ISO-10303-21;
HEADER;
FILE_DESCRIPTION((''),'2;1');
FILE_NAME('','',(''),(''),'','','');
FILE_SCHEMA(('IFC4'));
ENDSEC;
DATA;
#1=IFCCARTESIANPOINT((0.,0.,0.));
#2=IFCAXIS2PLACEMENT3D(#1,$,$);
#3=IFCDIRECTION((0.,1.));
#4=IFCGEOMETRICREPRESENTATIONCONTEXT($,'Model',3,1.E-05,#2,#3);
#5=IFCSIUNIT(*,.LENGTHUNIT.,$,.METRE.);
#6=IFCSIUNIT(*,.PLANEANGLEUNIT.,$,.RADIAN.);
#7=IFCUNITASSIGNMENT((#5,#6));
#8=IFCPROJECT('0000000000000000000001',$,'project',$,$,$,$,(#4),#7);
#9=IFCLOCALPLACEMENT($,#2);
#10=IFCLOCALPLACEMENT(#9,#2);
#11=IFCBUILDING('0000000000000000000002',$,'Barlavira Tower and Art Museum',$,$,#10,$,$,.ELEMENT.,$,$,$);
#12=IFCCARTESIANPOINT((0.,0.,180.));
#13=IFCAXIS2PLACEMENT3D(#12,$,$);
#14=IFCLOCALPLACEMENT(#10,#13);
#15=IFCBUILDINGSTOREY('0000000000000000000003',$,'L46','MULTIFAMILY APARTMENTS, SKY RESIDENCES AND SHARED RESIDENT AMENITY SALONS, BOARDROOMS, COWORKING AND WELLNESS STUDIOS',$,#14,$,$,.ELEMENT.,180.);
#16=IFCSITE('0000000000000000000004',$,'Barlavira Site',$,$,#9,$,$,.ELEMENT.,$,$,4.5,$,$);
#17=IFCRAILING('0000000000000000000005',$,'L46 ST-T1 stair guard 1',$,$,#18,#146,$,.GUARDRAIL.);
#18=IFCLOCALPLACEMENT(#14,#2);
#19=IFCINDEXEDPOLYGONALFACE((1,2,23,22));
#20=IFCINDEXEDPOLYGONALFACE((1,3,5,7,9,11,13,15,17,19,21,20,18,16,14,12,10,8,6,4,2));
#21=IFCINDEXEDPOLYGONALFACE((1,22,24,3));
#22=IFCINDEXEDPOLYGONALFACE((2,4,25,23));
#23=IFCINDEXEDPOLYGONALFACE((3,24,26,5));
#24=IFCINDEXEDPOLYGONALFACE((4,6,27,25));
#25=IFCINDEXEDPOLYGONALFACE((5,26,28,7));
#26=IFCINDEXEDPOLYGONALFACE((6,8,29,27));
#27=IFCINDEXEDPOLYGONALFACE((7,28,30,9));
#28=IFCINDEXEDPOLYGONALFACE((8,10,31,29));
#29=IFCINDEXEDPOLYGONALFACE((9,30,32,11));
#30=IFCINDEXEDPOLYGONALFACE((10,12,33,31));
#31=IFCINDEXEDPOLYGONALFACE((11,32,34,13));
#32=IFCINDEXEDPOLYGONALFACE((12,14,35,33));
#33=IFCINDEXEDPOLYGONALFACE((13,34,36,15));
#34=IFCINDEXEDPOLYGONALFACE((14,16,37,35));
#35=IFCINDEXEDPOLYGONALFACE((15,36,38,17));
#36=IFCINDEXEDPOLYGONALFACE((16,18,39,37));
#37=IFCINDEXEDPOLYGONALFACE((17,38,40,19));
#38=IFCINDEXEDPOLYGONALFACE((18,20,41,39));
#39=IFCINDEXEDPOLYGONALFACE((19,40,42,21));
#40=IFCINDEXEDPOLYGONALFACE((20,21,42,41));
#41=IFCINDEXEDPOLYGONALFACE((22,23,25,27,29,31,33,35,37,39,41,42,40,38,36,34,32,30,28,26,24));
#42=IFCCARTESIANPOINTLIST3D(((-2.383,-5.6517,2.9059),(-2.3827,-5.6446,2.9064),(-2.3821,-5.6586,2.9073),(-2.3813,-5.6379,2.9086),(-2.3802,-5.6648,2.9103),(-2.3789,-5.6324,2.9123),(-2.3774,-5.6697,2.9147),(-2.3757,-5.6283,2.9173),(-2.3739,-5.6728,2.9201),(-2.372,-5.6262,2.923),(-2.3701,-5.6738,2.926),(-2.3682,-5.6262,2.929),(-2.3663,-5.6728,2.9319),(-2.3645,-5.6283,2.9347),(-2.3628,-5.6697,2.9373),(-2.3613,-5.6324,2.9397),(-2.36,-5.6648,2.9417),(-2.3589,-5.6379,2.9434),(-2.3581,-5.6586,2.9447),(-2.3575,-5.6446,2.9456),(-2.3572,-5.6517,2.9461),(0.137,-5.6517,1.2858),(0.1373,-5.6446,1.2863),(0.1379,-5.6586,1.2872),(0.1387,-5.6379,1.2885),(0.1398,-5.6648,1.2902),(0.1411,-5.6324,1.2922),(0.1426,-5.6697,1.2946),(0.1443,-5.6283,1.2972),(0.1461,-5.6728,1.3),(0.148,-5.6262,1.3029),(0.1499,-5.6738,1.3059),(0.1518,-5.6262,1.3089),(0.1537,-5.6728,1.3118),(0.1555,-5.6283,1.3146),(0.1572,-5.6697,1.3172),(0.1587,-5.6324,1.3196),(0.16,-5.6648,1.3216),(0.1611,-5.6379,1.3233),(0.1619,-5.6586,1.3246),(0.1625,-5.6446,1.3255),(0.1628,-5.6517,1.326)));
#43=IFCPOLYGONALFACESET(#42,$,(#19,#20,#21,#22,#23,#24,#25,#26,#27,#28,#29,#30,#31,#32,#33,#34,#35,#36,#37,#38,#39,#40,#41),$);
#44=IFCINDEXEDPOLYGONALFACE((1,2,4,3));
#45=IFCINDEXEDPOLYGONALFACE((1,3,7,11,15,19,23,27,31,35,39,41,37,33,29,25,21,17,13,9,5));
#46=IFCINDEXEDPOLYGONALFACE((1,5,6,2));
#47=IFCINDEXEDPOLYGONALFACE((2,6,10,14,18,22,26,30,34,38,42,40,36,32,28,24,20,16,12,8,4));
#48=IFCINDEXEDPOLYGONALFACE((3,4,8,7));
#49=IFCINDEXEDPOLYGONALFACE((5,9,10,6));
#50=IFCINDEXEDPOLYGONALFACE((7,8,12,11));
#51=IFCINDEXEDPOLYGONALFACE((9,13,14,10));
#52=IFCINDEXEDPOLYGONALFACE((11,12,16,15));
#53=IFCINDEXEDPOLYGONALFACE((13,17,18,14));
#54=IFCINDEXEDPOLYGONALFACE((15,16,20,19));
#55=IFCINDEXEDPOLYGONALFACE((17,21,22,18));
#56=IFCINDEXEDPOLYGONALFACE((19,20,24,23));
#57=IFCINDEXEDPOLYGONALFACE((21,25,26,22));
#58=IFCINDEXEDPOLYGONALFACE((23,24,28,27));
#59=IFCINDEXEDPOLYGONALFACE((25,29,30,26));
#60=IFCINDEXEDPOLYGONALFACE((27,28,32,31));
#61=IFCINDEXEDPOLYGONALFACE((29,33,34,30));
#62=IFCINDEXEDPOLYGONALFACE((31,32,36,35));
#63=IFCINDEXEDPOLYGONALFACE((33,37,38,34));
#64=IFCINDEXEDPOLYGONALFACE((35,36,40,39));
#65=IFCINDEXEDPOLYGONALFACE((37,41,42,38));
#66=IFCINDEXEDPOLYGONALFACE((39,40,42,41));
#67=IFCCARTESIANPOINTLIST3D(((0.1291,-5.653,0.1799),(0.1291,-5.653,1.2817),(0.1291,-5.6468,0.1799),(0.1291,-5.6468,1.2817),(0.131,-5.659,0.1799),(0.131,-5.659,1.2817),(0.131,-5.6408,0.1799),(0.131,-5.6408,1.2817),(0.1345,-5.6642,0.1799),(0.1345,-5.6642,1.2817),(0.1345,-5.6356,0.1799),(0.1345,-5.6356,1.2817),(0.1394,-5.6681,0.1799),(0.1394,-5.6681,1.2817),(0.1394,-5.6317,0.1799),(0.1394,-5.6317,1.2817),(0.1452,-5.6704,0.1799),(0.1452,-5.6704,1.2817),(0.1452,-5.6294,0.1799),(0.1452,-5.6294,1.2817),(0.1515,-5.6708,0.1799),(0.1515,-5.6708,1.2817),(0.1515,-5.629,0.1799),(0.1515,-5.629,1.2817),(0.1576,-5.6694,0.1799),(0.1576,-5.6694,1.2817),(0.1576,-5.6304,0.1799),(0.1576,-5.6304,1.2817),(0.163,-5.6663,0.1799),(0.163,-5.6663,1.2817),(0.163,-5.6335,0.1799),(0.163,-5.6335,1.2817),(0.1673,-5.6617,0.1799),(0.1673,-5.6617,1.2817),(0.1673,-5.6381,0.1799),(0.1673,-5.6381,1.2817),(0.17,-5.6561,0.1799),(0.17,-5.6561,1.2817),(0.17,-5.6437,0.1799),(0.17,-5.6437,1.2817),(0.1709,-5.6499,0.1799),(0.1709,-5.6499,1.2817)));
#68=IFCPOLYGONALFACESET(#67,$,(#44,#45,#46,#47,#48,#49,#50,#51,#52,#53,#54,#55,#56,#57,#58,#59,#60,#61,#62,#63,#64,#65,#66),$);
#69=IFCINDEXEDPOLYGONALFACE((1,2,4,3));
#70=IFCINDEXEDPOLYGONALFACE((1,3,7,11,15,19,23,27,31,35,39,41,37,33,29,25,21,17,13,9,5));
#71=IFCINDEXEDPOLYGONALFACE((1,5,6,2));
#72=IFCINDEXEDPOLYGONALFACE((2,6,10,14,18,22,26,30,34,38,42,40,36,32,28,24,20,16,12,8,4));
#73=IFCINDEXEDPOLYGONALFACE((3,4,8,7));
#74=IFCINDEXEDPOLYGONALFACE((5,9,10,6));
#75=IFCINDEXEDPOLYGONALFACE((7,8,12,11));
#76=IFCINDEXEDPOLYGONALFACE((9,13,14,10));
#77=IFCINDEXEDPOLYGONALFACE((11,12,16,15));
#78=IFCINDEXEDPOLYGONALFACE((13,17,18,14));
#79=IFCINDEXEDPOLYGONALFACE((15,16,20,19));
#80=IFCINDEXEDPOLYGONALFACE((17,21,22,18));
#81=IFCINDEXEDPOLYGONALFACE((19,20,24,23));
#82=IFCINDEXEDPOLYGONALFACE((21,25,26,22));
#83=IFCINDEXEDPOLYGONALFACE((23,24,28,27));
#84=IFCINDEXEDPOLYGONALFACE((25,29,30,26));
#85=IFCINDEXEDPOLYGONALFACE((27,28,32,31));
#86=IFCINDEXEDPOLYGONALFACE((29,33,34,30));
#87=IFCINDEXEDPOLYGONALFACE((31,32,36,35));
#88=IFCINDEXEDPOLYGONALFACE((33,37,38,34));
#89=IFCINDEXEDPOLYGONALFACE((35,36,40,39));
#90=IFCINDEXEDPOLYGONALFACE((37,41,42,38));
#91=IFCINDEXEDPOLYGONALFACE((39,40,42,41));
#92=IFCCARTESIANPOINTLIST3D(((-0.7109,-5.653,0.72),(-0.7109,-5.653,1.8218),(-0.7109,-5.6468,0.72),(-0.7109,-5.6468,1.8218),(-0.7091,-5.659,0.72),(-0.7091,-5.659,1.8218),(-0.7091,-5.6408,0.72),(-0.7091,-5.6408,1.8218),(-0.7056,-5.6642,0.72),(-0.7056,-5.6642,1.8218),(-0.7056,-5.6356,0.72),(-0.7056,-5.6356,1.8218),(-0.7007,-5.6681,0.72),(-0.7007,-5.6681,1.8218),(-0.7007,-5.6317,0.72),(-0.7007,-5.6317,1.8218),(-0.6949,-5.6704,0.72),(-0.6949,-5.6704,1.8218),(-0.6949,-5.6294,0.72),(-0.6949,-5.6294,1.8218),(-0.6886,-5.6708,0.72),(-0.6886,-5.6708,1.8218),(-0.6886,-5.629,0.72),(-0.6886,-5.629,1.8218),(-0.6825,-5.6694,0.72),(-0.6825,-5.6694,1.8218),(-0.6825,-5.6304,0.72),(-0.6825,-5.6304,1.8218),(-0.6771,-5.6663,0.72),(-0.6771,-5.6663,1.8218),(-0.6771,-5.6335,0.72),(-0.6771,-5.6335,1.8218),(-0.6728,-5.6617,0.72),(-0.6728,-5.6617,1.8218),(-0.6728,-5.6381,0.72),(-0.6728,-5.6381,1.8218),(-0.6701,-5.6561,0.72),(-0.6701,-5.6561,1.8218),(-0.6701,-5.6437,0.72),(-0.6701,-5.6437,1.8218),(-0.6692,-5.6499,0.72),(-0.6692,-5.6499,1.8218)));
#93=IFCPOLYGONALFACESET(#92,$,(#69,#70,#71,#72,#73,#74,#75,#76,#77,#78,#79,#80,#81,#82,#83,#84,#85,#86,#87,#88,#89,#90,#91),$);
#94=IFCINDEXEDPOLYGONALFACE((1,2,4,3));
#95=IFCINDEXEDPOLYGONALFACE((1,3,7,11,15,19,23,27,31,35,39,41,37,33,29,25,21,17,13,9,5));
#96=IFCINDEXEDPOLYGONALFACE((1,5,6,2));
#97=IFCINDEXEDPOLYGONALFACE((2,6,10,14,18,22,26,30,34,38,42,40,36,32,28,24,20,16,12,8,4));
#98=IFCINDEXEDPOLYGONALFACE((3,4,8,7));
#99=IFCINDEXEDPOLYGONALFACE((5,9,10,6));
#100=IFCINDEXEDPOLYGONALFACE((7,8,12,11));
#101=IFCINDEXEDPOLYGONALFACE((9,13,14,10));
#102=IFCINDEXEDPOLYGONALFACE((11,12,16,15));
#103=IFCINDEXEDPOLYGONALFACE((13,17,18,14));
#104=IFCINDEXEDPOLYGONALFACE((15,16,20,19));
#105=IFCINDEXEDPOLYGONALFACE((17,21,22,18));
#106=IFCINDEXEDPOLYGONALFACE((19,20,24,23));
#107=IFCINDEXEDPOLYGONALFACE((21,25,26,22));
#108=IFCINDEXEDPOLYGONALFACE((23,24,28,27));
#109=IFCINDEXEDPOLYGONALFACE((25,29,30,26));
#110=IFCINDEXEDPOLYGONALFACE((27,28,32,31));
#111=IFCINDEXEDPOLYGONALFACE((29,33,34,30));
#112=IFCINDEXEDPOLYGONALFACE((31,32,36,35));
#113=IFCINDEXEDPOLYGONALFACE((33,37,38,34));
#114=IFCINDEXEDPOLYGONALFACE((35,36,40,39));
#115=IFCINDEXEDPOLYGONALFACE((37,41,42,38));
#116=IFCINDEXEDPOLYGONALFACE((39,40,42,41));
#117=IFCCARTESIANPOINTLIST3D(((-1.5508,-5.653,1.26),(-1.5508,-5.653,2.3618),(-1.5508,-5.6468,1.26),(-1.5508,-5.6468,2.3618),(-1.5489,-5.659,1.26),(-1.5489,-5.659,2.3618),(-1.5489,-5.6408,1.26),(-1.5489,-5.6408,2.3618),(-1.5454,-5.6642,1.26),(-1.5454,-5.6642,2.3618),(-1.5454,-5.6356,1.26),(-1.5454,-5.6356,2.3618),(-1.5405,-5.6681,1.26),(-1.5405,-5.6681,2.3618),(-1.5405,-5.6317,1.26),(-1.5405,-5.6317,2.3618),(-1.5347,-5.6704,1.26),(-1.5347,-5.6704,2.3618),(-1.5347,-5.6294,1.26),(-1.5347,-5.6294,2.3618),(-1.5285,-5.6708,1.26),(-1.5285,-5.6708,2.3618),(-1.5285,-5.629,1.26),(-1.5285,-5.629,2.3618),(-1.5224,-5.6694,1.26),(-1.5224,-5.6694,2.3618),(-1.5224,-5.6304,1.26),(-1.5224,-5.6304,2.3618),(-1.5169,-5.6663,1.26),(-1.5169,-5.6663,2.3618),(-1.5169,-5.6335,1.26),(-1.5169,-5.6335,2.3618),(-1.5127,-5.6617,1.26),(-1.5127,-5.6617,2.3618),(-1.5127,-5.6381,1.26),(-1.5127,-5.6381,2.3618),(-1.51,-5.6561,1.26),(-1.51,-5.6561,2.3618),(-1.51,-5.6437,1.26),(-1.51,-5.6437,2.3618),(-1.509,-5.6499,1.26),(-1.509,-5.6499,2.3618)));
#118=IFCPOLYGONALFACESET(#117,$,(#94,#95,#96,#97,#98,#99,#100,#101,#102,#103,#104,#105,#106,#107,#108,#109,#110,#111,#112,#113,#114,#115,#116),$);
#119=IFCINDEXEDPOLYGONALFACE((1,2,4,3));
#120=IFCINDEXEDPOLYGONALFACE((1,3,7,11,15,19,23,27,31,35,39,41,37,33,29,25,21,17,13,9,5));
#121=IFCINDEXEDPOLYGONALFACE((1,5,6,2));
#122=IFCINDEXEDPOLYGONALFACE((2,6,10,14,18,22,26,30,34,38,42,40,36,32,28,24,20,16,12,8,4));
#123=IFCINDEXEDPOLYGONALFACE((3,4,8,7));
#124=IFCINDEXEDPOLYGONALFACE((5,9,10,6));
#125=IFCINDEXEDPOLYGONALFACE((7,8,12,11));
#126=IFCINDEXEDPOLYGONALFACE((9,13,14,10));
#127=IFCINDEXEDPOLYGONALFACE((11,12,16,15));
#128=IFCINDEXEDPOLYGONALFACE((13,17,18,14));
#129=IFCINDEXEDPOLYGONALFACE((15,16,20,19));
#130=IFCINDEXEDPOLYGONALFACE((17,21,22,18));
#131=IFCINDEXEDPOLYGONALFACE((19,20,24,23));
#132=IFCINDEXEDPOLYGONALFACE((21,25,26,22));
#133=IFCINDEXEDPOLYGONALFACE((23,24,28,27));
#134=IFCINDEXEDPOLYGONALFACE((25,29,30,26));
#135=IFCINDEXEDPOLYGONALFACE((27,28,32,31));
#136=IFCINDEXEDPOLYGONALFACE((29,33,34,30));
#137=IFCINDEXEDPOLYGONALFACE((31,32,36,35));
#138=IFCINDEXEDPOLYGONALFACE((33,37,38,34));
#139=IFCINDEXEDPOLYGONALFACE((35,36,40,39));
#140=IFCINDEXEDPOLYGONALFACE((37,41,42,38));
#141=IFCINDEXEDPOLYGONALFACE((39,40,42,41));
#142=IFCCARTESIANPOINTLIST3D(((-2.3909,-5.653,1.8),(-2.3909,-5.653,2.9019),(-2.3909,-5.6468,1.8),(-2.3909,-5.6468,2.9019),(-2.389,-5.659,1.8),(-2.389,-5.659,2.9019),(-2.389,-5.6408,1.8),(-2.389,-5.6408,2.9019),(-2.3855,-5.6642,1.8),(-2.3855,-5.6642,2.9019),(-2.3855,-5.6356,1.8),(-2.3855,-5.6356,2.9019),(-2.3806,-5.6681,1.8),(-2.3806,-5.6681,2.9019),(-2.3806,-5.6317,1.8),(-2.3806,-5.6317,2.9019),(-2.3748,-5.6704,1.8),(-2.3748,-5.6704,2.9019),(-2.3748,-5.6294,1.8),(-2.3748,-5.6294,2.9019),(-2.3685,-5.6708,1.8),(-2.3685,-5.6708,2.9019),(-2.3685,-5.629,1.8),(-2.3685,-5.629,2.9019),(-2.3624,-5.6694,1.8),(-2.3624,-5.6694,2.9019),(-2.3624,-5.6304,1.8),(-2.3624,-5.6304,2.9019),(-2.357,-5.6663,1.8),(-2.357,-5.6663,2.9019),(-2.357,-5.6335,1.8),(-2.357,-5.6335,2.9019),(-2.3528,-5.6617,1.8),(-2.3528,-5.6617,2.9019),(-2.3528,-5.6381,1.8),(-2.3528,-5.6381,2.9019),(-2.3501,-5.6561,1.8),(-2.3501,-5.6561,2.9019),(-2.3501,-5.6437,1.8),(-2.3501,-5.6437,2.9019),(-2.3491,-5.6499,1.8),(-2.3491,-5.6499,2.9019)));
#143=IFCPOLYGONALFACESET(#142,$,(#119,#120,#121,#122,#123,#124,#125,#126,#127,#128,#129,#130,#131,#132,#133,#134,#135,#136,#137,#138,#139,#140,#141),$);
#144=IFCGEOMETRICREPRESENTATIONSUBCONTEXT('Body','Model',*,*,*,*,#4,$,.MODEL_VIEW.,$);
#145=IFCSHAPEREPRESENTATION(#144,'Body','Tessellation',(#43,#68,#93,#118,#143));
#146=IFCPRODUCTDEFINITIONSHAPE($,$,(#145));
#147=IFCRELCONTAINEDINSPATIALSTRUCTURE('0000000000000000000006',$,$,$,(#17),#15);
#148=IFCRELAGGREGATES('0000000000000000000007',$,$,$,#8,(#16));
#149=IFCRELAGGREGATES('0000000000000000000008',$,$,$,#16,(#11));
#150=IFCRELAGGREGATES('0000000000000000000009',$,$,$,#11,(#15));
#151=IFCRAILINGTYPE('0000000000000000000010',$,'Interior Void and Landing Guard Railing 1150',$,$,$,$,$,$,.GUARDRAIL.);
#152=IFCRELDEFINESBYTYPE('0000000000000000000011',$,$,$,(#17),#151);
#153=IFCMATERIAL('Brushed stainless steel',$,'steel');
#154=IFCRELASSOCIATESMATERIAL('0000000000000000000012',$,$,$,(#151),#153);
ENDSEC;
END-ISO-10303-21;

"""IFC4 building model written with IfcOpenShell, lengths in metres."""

from ifc_helpers import new_model, si_unit, direction, frame, origin, origin_2d, place, context, subcontext, project, spatial, circle, extrude, material, type_object, element, save


model = new_model("IFC4")

# Units and contexts
model_context = context("Model", 3, precision=1e-05, world=origin(), true_north=direction((0.0, 1.0)))
body_context = subcontext(model_context, "Body", "Model", "MODEL_VIEW")
ifc_project = project(units=[si_unit("LENGTHUNIT", "METRE"), si_unit("PLANEANGLEUNIT", "RADIAN")], contexts=[model_context])

# Site, building, storey
site_placement = place(None, origin())
site = spatial("IfcSite", under=ifc_project, at=site_placement, Name="Barlavira Site", CompositionType="ELEMENT", RefElevation=4.5)
building_placement = place(site_placement, origin())
building = spatial("IfcBuilding", under=site, at=building_placement, Name="Barlavira Tower and Art Museum", CompositionType="ELEMENT")
storey_placement = place(building_placement, frame((0.0, 0.0, 180.0)))
storey = spatial("IfcBuildingStorey", under=building, at=storey_placement, Name="L46", Description="MULTIFAMILY APARTMENTS, SKY RESIDENCES AND SHARED RESIDENT AMENITY SALONS, BOARDROOMS, COWORKING AND WELLNESS STUDIOS", CompositionType="ELEMENT", Elevation=180.0)

# Shared definitions
ifc_material_1 = material(Name="Brushed stainless steel", Category="steel")

# Railing
railing_type_1 = type_object("IfcRailingType", Name="Interior Void and Landing Guard Railing 1150", PredefinedType="GUARDRAIL", material=ifc_material_1)
railing_1_placement = place(storey_placement, frame((0.1499, -5.6499, 0.1799)))
element("IfcRailing", 1, at=railing_1_placement, inside=storey, type_object=railing_type_1, Name="L46 ST-T1 stair guard 1", PredefinedType="GUARDRAIL", context=body_context, shape_type="SweptSolid", body=[
    extrude(circle(Radius=0.0239, at=origin_2d()), frame((0.0, 0.0, 1.126), z_axis=(-0.841163, 0.0, 0.540782), x_axis=(0.0, -1.0, 0.0)), (0.0, 0.0, 1.0), 2.9958),
    extrude(circle(Radius=0.021, at=origin_2d()), origin(), (0.0, 0.0, 1.0), 1.1018),
    extrude(circle(Radius=0.021, at=origin_2d()), frame((-0.8401, 0.0, 0.54)), (0.0, 0.0, 1.0), 1.1018),
    extrude(circle(Radius=0.021, at=origin_2d()), frame((-1.6799, 0.0, 1.0801)), (0.0, 0.0, 1.0), 1.1018),
    extrude(circle(Radius=0.021, at=origin_2d()), frame((-2.52, 0.0, 1.6201)), (0.0, 0.0, 1.0), 1.1018),
])

save(model, "model.ifc")
